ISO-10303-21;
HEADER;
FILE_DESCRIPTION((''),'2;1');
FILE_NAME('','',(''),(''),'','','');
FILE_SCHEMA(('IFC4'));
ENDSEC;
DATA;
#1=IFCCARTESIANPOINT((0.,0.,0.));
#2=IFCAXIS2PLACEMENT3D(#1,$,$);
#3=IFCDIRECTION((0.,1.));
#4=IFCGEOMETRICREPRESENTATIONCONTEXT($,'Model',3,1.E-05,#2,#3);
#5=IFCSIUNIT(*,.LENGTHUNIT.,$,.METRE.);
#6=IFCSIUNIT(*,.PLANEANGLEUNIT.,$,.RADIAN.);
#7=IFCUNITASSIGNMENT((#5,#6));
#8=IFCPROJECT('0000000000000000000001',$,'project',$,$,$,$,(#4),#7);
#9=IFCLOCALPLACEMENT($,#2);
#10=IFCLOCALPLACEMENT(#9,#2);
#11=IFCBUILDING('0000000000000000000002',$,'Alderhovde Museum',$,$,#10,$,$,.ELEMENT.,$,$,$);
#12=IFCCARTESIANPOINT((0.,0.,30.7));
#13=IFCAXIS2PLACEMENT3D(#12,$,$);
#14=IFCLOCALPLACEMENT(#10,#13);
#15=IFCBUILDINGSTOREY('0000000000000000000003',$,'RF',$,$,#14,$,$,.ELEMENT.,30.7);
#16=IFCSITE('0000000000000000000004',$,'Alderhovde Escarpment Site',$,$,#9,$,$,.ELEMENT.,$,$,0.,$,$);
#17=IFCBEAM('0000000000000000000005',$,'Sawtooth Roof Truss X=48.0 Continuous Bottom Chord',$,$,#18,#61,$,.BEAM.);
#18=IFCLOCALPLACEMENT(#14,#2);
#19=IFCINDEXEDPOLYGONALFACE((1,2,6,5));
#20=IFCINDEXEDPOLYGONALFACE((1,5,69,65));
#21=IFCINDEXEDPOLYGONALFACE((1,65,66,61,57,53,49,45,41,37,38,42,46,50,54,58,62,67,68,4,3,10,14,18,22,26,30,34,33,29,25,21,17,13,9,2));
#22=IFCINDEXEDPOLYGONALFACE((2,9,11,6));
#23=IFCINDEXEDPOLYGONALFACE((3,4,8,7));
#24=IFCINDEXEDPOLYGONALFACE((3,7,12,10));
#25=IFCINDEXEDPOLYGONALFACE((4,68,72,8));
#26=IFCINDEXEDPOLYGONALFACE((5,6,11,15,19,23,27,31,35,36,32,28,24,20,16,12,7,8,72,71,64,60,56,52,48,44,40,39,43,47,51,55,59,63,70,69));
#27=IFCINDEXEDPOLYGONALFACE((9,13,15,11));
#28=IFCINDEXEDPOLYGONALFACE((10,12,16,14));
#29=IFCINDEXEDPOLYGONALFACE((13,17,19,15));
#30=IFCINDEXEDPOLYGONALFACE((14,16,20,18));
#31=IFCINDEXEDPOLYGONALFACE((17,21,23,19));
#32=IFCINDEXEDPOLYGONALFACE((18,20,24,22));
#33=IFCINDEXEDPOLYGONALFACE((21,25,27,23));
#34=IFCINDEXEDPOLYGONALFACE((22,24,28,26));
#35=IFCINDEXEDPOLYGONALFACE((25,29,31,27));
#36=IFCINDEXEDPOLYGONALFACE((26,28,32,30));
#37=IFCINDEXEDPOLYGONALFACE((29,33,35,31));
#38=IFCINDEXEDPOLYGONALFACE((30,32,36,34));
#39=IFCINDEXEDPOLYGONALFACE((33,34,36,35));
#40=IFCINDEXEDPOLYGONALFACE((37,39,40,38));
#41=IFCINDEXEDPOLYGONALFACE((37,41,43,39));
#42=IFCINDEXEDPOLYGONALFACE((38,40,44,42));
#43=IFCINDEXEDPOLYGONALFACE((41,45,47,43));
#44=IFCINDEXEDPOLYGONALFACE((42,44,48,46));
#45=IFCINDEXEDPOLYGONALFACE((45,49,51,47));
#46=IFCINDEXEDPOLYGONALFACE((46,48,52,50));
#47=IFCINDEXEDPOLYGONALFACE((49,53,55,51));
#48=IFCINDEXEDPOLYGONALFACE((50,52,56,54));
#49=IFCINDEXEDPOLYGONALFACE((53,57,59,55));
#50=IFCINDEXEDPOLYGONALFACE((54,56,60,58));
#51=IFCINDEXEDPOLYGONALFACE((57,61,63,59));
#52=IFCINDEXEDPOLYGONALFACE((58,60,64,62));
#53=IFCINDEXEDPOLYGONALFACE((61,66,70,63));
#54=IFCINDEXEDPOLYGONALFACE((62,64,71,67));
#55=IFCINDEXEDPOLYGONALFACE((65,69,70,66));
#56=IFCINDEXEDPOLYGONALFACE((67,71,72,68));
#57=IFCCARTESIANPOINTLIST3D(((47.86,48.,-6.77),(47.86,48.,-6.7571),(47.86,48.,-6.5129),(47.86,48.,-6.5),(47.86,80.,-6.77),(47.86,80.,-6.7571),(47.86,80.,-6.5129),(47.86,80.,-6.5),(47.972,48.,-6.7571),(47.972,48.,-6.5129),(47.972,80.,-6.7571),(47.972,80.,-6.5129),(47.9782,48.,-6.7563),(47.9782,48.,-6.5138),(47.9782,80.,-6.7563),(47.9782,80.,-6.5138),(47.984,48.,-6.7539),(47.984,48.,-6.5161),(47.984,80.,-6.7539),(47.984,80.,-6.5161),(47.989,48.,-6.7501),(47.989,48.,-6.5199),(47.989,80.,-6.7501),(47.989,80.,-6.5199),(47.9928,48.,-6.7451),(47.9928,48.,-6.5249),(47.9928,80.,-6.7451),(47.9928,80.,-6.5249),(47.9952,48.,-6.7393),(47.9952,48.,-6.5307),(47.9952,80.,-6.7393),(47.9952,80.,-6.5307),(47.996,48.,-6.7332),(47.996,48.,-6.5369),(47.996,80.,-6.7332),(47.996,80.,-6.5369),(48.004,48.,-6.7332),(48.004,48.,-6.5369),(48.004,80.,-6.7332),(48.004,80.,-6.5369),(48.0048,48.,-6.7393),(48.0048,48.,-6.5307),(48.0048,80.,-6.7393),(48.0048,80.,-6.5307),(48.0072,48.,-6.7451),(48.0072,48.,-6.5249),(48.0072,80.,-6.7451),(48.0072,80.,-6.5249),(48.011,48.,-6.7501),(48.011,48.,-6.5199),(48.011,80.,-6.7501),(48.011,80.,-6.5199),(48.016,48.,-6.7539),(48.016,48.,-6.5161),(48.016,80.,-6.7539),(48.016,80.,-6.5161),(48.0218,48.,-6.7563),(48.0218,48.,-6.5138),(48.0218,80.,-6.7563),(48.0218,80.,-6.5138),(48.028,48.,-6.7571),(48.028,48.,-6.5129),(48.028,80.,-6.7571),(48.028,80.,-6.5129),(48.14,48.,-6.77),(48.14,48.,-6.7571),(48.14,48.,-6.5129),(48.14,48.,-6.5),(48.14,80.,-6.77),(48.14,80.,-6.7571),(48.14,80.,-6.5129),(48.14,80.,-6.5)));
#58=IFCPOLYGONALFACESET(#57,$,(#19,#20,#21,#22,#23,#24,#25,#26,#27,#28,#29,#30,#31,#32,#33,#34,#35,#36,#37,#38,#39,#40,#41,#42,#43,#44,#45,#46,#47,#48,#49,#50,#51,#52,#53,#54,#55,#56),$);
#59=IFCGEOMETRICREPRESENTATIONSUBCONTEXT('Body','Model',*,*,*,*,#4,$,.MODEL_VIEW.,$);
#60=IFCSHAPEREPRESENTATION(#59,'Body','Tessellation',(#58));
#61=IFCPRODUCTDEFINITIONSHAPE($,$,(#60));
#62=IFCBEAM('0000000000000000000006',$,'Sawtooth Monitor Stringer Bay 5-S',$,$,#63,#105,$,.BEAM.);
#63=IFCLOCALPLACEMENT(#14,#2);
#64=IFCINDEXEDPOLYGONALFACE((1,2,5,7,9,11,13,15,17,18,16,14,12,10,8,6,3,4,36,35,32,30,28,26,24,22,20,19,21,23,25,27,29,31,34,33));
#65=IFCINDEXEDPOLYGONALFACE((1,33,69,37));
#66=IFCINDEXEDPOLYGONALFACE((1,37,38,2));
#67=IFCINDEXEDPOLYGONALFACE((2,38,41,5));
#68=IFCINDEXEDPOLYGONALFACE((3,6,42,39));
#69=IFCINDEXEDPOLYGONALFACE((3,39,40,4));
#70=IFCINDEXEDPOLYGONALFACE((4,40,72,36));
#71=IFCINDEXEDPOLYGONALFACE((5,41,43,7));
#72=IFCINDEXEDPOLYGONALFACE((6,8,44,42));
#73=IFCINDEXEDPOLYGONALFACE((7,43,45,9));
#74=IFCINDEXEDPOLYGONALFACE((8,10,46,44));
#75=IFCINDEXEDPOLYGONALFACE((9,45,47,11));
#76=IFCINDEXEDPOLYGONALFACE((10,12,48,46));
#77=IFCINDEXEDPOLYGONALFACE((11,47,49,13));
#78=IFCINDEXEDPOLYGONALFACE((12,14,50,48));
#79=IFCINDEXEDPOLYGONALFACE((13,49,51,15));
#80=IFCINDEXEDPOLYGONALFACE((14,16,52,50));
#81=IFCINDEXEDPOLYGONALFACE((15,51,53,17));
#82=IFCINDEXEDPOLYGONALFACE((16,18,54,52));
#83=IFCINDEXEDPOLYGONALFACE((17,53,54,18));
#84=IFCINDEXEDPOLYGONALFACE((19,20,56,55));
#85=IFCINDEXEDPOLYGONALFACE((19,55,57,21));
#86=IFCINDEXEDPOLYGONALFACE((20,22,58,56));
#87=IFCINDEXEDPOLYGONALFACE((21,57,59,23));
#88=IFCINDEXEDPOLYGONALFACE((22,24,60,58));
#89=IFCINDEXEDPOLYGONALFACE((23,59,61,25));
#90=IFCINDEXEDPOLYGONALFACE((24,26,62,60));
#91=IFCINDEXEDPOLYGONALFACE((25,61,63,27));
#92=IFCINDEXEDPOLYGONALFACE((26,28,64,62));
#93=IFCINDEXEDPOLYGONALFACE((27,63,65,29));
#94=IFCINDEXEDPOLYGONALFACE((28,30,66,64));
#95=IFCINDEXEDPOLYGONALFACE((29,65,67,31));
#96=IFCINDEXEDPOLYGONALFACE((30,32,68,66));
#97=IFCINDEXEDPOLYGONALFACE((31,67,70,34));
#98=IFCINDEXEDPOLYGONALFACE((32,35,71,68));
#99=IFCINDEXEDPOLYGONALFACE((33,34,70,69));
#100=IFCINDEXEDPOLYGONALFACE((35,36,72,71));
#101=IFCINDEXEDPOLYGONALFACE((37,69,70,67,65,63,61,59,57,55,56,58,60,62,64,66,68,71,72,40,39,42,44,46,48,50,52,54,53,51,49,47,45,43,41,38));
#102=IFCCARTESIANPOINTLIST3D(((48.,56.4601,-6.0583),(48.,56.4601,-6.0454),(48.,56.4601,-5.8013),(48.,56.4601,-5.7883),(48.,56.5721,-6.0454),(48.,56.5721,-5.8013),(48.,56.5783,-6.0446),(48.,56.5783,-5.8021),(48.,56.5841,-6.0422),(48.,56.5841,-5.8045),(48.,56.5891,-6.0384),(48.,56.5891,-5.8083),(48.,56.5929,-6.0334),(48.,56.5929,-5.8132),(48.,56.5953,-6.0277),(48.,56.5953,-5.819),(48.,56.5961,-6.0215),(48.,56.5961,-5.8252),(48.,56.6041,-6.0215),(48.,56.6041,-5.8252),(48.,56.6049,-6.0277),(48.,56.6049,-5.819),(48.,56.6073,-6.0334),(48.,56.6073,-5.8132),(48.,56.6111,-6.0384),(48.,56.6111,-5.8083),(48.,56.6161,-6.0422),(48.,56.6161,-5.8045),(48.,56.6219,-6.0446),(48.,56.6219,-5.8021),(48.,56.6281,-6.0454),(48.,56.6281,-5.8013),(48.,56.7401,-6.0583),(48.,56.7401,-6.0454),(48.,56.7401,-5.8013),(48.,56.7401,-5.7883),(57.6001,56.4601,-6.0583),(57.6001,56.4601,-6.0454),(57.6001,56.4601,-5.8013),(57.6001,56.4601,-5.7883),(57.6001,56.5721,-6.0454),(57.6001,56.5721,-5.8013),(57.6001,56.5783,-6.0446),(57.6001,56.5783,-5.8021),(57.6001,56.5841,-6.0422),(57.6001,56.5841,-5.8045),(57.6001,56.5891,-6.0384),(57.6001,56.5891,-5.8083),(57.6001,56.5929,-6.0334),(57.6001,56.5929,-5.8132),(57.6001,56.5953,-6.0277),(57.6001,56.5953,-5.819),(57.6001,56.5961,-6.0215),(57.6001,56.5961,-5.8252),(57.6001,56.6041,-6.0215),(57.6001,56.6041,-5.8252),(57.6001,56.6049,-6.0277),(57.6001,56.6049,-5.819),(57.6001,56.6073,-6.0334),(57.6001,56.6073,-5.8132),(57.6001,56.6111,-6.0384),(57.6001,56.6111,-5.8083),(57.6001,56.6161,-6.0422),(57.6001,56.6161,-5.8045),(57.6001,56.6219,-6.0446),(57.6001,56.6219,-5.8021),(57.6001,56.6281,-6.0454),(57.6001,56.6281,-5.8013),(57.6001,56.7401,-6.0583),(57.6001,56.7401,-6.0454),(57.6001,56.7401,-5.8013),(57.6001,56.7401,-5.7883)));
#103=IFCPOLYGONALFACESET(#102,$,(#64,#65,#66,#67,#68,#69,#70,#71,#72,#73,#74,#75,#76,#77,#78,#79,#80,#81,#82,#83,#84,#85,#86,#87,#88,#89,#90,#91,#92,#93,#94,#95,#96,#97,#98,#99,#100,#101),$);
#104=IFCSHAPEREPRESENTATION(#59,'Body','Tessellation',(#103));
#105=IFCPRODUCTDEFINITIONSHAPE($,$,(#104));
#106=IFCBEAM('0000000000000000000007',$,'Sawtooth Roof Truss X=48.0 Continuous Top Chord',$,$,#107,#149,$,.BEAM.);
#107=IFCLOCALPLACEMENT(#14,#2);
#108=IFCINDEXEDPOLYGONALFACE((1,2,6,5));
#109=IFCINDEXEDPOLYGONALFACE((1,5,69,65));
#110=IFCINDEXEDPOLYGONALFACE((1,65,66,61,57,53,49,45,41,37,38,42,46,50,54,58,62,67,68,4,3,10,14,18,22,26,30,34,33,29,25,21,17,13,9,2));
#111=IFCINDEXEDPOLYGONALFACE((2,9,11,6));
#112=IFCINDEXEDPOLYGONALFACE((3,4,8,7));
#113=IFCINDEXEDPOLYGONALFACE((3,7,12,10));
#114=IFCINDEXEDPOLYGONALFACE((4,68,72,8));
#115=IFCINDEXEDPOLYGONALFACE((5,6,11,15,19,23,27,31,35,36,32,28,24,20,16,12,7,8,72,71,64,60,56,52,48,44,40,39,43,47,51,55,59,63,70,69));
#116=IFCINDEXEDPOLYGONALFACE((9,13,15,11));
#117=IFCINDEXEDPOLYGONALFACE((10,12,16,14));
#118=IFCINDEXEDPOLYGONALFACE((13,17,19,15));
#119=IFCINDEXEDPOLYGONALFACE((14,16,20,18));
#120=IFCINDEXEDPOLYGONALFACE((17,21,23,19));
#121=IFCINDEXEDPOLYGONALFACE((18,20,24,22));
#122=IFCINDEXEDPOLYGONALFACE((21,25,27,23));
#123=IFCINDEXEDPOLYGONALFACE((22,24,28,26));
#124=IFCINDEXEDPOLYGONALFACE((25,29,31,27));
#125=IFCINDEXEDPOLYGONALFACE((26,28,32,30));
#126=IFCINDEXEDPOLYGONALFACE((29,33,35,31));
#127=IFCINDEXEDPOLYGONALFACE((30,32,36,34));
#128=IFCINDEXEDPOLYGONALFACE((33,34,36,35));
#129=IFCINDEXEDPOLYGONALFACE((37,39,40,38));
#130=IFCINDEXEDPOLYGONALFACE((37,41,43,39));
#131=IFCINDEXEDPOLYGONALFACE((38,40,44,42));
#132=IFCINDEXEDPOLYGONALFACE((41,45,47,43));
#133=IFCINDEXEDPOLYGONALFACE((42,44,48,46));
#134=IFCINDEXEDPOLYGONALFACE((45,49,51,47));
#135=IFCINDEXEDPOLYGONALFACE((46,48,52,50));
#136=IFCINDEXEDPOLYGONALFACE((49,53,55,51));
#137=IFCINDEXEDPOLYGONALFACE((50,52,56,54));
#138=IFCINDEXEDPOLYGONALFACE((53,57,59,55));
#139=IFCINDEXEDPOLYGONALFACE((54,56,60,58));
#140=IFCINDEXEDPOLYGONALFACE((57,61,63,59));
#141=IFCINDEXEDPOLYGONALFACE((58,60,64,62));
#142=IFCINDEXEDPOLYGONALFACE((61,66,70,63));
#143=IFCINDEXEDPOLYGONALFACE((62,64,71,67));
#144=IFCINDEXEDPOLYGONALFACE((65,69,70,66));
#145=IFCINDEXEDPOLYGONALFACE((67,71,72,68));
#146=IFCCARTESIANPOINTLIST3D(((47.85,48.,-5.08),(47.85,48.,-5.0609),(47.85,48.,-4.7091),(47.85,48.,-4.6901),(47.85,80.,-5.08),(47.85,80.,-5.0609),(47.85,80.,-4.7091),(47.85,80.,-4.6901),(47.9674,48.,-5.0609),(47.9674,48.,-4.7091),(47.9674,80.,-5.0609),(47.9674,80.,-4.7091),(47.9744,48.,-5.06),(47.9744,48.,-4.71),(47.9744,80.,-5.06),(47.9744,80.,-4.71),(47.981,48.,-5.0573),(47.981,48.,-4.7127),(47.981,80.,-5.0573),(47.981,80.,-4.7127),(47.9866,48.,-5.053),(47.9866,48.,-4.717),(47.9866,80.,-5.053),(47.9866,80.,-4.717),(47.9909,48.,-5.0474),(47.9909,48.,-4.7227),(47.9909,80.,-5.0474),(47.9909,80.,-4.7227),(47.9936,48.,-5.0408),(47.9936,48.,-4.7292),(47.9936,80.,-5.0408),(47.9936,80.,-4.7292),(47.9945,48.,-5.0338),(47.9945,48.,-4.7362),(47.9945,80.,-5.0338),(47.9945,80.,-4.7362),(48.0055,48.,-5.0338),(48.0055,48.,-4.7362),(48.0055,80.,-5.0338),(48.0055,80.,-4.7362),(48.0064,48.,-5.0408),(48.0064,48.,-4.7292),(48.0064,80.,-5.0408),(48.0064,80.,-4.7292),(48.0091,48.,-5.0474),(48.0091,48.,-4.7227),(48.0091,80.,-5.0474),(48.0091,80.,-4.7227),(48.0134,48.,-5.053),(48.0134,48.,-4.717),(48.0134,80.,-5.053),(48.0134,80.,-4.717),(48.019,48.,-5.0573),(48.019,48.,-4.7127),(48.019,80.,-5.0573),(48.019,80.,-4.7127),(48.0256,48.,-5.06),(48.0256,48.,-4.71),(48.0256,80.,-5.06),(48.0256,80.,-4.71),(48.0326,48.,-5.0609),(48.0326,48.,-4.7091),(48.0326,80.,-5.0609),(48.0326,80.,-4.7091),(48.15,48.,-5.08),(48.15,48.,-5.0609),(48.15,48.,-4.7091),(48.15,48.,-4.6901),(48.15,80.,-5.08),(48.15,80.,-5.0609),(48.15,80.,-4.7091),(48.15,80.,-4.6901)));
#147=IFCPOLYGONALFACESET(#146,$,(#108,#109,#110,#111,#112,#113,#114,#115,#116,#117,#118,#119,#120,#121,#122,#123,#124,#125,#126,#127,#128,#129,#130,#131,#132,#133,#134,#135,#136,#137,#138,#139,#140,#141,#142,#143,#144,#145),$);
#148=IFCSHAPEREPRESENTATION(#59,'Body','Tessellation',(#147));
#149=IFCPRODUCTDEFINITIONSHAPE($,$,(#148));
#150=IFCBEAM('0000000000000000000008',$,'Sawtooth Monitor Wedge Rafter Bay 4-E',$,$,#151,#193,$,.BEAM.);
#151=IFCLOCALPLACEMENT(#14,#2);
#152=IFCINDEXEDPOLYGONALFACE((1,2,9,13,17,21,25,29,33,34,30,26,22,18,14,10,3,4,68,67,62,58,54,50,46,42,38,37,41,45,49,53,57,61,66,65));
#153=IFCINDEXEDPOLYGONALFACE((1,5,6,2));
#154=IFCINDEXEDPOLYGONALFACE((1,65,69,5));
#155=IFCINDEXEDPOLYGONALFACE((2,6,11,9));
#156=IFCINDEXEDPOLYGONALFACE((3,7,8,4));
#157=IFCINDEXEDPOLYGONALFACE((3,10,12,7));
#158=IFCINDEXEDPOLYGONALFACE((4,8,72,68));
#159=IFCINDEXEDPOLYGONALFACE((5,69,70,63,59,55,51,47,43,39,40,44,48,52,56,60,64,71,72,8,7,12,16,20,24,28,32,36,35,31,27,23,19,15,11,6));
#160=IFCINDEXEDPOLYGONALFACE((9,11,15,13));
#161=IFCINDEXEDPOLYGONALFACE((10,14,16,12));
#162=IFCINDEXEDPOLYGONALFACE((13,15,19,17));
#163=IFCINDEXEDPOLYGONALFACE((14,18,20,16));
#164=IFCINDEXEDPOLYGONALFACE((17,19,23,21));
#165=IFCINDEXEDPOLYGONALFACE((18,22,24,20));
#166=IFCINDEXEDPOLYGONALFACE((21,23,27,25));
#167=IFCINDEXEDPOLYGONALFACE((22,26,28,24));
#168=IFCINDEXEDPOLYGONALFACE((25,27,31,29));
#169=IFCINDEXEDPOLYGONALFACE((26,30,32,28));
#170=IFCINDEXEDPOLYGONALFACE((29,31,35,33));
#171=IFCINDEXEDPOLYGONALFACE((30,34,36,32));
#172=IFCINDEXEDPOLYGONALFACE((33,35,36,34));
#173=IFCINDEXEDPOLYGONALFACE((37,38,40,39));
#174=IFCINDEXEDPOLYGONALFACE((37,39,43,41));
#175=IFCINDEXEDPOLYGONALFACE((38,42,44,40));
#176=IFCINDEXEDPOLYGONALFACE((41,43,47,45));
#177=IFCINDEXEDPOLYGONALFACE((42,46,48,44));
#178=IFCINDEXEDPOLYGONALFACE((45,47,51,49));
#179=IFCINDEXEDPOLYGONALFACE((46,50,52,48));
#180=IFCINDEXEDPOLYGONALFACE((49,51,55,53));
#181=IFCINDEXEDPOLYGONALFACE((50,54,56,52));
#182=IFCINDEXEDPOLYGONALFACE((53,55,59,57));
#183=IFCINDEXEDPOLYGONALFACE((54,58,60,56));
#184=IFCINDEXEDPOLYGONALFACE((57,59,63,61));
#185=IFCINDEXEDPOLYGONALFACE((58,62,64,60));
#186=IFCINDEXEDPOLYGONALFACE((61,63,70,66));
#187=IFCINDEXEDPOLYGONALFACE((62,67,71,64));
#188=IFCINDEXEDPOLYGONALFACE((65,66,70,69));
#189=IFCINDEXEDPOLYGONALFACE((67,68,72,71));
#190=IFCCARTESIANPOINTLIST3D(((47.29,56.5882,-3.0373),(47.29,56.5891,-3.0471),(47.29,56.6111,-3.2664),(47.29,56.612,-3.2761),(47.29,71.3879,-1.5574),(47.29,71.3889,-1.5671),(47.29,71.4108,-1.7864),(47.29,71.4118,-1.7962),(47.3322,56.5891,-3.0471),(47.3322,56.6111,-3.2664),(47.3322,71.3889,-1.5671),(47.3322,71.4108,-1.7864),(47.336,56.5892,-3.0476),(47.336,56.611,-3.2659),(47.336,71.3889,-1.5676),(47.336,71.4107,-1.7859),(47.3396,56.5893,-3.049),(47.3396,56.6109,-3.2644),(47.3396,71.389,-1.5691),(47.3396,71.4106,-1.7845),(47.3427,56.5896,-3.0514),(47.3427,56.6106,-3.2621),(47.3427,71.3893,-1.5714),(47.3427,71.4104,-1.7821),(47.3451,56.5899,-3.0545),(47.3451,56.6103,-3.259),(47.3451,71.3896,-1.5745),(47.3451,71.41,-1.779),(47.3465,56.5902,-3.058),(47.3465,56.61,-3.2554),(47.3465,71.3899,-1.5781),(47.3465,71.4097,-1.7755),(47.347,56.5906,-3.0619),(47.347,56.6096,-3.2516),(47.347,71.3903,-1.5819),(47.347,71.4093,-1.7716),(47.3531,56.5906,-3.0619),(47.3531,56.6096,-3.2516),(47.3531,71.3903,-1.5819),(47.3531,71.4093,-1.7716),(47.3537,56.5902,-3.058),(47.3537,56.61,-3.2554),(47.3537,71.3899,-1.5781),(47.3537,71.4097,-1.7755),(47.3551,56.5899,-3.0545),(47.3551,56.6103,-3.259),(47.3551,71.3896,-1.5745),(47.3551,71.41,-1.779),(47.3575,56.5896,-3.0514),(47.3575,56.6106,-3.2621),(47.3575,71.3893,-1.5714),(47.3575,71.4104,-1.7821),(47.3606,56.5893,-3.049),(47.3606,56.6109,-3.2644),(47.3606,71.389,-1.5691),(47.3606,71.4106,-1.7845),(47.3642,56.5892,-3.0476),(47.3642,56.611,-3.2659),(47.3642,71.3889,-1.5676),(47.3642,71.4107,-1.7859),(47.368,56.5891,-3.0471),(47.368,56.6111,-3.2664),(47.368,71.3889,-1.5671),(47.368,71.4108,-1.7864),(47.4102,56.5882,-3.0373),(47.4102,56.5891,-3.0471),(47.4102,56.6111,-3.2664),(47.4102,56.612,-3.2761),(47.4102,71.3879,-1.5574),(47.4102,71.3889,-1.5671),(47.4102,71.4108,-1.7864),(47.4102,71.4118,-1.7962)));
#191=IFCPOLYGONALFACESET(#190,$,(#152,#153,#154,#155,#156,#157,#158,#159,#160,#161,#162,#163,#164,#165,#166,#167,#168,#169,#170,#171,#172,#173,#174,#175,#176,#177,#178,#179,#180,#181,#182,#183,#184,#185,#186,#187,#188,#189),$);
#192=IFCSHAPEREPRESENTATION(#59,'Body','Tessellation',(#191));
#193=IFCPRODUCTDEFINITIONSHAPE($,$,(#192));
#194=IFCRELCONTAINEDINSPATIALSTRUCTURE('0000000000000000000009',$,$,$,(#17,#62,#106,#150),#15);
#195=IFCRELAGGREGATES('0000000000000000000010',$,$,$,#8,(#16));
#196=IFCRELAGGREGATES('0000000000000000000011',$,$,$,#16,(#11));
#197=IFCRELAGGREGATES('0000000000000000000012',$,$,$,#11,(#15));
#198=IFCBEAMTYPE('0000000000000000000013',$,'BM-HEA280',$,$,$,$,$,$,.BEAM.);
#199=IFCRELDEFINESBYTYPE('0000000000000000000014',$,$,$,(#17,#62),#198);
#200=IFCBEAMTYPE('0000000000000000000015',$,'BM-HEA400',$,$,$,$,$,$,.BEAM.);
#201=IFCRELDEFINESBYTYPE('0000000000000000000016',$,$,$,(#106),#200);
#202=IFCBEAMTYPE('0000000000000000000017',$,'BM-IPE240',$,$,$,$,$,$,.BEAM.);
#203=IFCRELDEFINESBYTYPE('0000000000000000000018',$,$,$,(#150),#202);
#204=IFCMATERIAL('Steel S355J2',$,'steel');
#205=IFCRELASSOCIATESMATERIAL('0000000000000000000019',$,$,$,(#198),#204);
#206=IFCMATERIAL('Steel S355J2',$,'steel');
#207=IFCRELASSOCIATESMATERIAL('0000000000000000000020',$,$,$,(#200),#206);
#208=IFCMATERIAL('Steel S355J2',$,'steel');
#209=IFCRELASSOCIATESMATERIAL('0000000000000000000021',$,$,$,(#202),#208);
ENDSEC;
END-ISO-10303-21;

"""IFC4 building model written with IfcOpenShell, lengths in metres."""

from ifc_helpers import new_model, si_unit, direction, frame, origin, origin_2d, place, context, subcontext, project, spatial, i_section, extrude, material, material_profile, profile_set, type_object, element, save


model = new_model("IFC4")

# Units and contexts
model_context = context("Model", 3, precision=1e-05, world=origin(), true_north=direction((0.0, 1.0)))
body_context = subcontext(model_context, "Body", "Model", "MODEL_VIEW")
ifc_project = project(units=[si_unit("LENGTHUNIT", "METRE"), si_unit("PLANEANGLEUNIT", "RADIAN")], contexts=[model_context])

# Site, building, storey
site_placement = place(None, origin())
site = spatial("IfcSite", under=ifc_project, at=site_placement, Name="Alderhovde Escarpment Site", CompositionType="ELEMENT", RefElevation=0.0)
building_placement = place(site_placement, origin())
building = spatial("IfcBuilding", under=site, at=building_placement, Name="Alderhovde Museum", CompositionType="ELEMENT")
storey_placement = place(building_placement, frame((0.0, 0.0, 30.7)))
storey = spatial("IfcBuildingStorey", under=building, at=storey_placement, Name="RF", CompositionType="ELEMENT", Elevation=30.7)

# Beams
ifc_material_1 = material(Name="Steel S355J2", Category="steel")
ifc_material_profile_1 = material_profile(ifc_material_1, i_section(OverallWidth=0.28, OverallDepth=0.27, WebThickness=0.0081, FlangeThickness=0.0129, FilletRadius=0.0239, at=origin_2d()), Name="HEA 280")
ifc_profile_set_1 = profile_set([ifc_material_profile_1], Name="Steel S355J2")
beam_type_1 = type_object("IfcBeamType", Name="BM-HEA280", PredefinedType="BEAM", material=ifc_profile_set_1)
beam_1_placement = place(storey_placement, frame((48.0, 48.0, -6.635), z_axis=(0.0, 1.0, 0.0), x_axis=(-1.0, 0.0, 0.0)))
element("IfcBeam", 1, at=beam_1_placement, inside=storey, type_object=beam_type_1, Name="Sawtooth Roof Truss X=48.0 Continuous Bottom Chord", PredefinedType="BEAM", context=body_context, shape_type="SweptSolid", body=[
    extrude(i_section(OverallWidth=0.28, OverallDepth=0.27, WebThickness=0.0081, FlangeThickness=0.0129, FilletRadius=0.0239, at=origin_2d()), origin(), (0.0, 0.0, 1.0), 32.0),
])
beam_2_placement = place(storey_placement, frame((48.0, 56.6001, -5.9233), z_axis=(1.0, 0.0, 0.0), x_axis=(0.0, 1.0, 0.0)))
element("IfcBeam", 2, at=beam_2_placement, inside=storey, type_object=beam_type_1, Name="Sawtooth Monitor Stringer Bay 5-S", PredefinedType="BEAM", context=body_context, shape_type="SweptSolid", body=[
    extrude(i_section(OverallWidth=0.28, OverallDepth=0.27, WebThickness=0.0081, FlangeThickness=0.0129, FilletRadius=0.0239, at=origin_2d()), origin(), (0.0, 0.0, 1.0), 9.6001),
])
ifc_material_2 = material(Name="Steel S355J2", Category="steel")
ifc_material_profile_2 = material_profile(ifc_material_2, i_section(OverallWidth=0.3, OverallDepth=0.3899, WebThickness=0.011, FlangeThickness=0.019, FilletRadius=0.0271, at=origin_2d()), Name="HEA 400")
ifc_profile_set_2 = profile_set([ifc_material_profile_2], Name="Steel S355J2")
beam_type_2 = type_object("IfcBeamType", Name="BM-HEA400", PredefinedType="BEAM", material=ifc_profile_set_2)
beam_3_placement = place(storey_placement, frame((48.0, 48.0, -4.885), z_axis=(0.0, 1.0, 0.0), x_axis=(-1.0, 0.0, 0.0)))
element("IfcBeam", 3, at=beam_3_placement, inside=storey, type_object=beam_type_2, Name="Sawtooth Roof Truss X=48.0 Continuous Top Chord", PredefinedType="BEAM", context=body_context, shape_type="SweptSolid", body=[
    extrude(i_section(OverallWidth=0.3, OverallDepth=0.3899, WebThickness=0.011, FlangeThickness=0.019, FilletRadius=0.0271, at=origin_2d()), origin(), (0.0, 0.0, 1.0), 32.0),
])
ifc_material_3 = material(Name="Steel S355J2", Category="steel")
ifc_material_profile_3 = material_profile(ifc_material_3, i_section(OverallWidth=0.1201, OverallDepth=0.24, WebThickness=0.0061, FlangeThickness=0.0098, FilletRadius=0.0149, at=origin_2d()), Name="IPE 240")
ifc_profile_set_3 = profile_set([ifc_material_profile_3], Name="Steel S355J2")
beam_type_3 = type_object("IfcBeamType", Name="BM-IPE240", PredefinedType="BEAM", material=ifc_profile_set_3)
beam_4_placement = place(storey_placement, frame((47.3501, 56.6001, -3.1567), z_axis=(0.0, 0.995037, 0.099504), x_axis=(-1.0, 0.0, 0.0)))
element("IfcBeam", 4, at=beam_4_placement, inside=storey, type_object=beam_type_3, Name="Sawtooth Monitor Wedge Rafter Bay 4-E", PredefinedType="BEAM", context=body_context, shape_type="SweptSolid", body=[
    extrude(i_section(OverallWidth=0.1201, OverallDepth=0.24, WebThickness=0.0061, FlangeThickness=0.0098, FilletRadius=0.0149, at=origin_2d()), origin(), (0.0, 0.0, 1.0), 14.8735),
])

save(model, "model.ifc")
